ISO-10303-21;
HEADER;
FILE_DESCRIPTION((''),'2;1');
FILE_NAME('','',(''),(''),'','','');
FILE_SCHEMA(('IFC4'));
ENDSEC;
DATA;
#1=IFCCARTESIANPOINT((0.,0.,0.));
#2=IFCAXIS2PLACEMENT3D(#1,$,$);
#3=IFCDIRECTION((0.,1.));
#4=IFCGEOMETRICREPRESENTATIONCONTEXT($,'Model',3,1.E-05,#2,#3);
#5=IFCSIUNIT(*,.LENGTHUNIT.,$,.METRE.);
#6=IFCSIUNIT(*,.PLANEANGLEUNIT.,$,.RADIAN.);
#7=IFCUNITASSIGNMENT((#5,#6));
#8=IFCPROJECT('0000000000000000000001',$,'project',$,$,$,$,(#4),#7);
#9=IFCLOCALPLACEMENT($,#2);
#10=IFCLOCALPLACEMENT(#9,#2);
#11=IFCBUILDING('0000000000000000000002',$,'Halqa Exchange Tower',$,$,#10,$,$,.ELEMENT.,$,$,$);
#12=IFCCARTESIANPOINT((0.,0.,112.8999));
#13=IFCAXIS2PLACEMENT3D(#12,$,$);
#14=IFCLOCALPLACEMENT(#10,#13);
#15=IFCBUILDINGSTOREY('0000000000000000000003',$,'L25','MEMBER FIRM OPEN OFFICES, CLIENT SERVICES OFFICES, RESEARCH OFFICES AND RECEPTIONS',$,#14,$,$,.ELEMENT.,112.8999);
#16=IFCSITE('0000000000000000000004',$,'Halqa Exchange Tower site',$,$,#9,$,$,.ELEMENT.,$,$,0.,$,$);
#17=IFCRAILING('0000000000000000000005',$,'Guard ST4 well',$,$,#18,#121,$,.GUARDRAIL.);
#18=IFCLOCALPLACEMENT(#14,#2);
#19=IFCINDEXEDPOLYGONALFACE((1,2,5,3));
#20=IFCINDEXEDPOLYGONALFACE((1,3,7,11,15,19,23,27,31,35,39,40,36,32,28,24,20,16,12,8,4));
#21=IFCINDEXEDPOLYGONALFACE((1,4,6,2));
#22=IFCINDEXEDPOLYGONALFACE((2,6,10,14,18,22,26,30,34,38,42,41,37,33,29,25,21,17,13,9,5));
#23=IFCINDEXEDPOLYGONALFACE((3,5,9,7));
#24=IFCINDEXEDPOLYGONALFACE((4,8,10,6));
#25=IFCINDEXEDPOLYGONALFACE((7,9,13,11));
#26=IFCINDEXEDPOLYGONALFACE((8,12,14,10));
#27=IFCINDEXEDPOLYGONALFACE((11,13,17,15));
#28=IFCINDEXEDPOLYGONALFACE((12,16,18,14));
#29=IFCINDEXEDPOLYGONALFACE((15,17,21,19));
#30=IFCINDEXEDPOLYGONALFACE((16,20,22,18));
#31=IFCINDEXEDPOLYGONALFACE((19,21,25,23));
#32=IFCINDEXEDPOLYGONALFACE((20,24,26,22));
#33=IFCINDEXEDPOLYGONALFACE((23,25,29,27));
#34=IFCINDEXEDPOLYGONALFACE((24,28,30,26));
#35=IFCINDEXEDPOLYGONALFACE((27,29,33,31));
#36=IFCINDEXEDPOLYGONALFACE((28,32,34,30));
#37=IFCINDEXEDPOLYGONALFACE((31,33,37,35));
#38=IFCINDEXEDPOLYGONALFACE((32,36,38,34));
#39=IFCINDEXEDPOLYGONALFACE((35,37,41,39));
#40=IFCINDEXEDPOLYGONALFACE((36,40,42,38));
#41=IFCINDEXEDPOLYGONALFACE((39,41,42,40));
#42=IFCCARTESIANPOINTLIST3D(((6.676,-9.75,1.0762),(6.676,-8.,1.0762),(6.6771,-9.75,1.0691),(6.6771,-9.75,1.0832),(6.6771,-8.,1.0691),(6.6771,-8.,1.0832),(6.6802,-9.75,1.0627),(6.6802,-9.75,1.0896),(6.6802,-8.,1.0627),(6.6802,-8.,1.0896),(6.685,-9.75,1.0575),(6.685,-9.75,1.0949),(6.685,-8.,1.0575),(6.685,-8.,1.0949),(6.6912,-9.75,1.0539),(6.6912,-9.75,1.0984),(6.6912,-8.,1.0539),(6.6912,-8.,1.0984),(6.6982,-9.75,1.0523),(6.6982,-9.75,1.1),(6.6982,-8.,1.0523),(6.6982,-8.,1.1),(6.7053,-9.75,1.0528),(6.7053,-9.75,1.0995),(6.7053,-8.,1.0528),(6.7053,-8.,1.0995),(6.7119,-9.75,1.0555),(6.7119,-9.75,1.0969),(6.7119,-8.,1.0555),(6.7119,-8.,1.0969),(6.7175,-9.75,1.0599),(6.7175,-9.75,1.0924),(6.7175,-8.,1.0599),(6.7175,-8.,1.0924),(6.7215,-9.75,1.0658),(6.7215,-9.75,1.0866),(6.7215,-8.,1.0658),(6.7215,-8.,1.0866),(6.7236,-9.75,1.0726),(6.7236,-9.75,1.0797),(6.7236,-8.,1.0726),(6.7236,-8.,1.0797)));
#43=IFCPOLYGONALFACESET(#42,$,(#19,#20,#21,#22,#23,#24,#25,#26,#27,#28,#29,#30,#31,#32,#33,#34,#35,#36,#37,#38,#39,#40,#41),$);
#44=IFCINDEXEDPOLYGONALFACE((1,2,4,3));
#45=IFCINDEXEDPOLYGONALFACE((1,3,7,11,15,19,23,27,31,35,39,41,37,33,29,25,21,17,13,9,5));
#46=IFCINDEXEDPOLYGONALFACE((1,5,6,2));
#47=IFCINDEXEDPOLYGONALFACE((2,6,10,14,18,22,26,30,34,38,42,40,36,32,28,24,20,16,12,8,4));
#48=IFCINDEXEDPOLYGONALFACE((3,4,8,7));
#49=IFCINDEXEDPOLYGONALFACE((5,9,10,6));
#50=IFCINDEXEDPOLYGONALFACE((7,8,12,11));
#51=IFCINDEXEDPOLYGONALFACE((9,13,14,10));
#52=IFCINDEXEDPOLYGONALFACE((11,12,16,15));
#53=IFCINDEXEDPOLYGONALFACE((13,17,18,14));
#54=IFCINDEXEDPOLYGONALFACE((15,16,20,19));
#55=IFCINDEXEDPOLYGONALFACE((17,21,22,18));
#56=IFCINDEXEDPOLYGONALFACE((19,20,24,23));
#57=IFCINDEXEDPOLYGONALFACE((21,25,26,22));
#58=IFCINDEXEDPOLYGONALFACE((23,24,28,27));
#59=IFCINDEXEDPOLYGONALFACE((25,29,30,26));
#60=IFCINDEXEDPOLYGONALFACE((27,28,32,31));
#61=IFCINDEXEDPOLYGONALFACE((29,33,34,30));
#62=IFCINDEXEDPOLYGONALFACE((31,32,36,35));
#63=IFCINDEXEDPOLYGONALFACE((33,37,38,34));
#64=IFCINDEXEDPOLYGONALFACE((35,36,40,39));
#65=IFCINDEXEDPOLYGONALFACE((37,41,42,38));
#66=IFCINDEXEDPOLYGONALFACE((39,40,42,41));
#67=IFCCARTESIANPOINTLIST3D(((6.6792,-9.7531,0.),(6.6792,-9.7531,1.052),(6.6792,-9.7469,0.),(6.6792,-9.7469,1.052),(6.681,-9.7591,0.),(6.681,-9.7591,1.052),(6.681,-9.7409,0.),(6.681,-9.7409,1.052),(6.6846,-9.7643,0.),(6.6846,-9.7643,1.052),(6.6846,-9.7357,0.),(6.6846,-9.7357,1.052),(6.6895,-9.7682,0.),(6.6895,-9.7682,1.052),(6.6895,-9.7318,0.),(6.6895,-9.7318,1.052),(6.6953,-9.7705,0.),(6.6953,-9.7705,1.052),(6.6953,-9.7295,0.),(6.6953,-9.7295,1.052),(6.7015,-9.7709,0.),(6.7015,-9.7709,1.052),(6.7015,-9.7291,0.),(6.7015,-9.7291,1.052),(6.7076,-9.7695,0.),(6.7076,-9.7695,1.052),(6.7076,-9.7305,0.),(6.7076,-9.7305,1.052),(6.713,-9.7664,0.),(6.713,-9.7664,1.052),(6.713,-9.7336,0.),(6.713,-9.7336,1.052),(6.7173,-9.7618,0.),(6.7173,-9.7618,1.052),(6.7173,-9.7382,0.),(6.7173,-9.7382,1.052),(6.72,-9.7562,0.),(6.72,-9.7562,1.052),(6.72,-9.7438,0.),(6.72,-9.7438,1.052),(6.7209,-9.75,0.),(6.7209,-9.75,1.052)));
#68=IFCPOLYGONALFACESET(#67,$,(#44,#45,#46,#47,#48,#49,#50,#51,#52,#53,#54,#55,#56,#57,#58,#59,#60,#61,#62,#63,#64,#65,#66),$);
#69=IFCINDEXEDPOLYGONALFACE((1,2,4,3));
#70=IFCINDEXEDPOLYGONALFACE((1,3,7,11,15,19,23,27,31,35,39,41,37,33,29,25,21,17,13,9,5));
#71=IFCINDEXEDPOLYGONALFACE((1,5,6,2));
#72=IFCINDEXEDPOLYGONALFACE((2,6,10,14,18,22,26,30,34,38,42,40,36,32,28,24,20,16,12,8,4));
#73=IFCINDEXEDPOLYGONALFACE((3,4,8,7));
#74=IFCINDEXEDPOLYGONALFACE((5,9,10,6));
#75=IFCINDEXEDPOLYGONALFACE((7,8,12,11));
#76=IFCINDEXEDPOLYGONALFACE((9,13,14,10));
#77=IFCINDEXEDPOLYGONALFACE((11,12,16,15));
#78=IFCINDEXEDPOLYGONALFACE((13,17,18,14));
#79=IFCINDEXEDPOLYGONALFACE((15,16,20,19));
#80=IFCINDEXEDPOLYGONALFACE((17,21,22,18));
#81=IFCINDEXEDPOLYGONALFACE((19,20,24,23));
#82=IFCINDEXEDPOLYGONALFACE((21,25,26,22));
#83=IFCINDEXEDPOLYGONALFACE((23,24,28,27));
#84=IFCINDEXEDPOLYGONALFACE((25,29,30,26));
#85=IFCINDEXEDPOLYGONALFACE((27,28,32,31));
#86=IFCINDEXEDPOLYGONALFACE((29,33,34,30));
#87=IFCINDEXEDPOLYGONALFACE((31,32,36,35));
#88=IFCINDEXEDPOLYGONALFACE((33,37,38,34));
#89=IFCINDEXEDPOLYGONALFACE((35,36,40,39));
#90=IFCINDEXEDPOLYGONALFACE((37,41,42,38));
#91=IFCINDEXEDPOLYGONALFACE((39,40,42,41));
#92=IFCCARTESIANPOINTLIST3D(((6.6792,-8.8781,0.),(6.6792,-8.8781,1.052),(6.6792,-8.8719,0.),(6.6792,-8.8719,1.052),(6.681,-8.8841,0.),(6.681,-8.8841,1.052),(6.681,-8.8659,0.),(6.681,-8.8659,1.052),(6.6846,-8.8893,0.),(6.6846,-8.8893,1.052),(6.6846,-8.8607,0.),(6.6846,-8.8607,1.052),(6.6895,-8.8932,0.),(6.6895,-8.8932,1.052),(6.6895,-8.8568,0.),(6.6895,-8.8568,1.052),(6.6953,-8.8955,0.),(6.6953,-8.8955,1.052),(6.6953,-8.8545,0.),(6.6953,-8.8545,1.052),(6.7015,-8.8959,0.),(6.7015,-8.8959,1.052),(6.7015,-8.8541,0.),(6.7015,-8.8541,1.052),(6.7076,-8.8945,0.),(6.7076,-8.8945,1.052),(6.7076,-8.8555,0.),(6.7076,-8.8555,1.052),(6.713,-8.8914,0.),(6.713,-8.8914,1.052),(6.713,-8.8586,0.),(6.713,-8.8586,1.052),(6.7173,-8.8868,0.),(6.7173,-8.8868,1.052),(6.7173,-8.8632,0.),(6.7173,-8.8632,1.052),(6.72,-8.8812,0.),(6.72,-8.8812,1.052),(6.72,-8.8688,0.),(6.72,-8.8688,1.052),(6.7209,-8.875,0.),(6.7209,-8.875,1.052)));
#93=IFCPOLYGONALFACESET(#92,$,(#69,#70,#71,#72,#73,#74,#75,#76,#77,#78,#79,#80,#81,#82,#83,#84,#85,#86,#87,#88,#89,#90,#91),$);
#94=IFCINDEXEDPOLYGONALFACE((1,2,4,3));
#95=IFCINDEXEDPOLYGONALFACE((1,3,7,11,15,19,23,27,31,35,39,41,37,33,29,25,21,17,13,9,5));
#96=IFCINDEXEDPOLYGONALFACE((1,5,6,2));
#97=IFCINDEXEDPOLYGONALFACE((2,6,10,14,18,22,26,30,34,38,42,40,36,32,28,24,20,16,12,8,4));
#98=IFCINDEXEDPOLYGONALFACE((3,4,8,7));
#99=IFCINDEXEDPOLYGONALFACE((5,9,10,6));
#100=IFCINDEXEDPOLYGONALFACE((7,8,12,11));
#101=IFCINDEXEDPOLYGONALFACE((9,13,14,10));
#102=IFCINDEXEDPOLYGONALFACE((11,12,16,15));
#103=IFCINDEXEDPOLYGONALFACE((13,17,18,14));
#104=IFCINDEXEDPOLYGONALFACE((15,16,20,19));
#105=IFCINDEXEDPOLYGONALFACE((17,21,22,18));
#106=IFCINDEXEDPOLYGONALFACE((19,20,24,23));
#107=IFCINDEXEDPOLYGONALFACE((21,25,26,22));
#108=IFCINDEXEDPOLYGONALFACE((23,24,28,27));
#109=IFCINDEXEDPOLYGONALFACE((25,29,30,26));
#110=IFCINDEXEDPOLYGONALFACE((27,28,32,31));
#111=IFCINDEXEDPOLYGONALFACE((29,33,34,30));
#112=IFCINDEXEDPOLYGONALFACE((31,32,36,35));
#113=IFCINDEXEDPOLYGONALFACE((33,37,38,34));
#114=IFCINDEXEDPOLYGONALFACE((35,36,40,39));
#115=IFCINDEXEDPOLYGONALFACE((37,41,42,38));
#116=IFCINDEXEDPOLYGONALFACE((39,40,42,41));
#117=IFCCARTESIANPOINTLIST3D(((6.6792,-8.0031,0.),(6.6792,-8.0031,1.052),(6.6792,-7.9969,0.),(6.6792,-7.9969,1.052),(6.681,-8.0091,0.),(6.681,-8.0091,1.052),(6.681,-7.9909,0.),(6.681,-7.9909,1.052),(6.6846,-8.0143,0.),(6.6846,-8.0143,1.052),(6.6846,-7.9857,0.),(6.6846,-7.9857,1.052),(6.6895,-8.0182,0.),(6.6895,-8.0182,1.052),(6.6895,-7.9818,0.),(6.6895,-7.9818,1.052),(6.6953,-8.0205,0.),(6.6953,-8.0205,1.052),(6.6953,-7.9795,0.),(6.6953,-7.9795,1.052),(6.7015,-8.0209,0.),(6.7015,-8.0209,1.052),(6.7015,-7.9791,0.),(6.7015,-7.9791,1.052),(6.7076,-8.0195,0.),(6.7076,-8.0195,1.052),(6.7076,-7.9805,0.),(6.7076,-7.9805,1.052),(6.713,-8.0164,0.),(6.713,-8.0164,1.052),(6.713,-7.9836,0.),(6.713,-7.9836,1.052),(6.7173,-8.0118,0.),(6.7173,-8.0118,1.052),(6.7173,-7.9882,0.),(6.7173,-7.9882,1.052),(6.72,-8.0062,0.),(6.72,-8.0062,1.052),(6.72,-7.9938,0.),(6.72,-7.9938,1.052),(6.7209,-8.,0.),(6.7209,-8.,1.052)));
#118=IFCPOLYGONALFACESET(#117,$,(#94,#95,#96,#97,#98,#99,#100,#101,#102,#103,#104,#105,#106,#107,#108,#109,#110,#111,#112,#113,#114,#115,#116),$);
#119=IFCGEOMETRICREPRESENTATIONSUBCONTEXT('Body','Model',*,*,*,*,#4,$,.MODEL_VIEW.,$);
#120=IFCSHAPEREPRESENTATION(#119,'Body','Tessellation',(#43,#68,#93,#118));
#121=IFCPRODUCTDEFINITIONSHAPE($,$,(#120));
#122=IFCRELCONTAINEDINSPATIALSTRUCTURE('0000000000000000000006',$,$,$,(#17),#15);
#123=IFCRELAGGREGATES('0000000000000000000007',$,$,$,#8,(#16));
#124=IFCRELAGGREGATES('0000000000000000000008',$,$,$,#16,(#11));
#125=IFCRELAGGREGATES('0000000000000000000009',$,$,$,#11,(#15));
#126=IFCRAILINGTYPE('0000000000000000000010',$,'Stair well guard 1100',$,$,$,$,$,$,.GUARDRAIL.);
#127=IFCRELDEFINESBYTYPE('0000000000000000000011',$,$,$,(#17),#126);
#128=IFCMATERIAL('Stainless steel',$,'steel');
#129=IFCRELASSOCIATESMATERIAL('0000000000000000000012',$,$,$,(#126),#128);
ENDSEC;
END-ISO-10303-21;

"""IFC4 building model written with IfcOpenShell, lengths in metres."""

from ifc_helpers import new_model, si_unit, direction, frame, origin, origin_2d, place, context, subcontext, project, spatial, circle, extrude, material, type_object, element, save


model = new_model("IFC4")

# Units and contexts
model_context = context("Model", 3, precision=1e-05, world=origin(), true_north=direction((0.0, 1.0)))
body_context = subcontext(model_context, "Body", "Model", "MODEL_VIEW")
ifc_project = project(units=[si_unit("LENGTHUNIT", "METRE"), si_unit("PLANEANGLEUNIT", "RADIAN")], contexts=[model_context])

# Site, building, storey
site_placement = place(None, origin())
site = spatial("IfcSite", under=ifc_project, at=site_placement, Name="Halqa Exchange Tower site", CompositionType="ELEMENT", RefElevation=0.0)
building_placement = place(site_placement, origin())
building = spatial("IfcBuilding", under=site, at=building_placement, Name="Halqa Exchange Tower", CompositionType="ELEMENT")
storey_placement = place(building_placement, frame((0.0, 0.0, 112.8999)))
storey = spatial("IfcBuildingStorey", under=building, at=storey_placement, Name="L25", Description="MEMBER FIRM OPEN OFFICES, CLIENT SERVICES OFFICES, RESEARCH OFFICES AND RECEPTIONS", CompositionType="ELEMENT", Elevation=112.8999)

# Railing
ifc_material_1 = material(Name="Stainless steel", Category="steel")
railing_type_1 = type_object("IfcRailingType", Name="Stair well guard 1100", PredefinedType="GUARDRAIL", material=ifc_material_1)
railing_1_placement = place(storey_placement, frame((6.7, -9.75, 0.0)))
element("IfcRailing", 1, at=railing_1_placement, inside=storey, type_object=railing_type_1, Name="Guard ST4 well", PredefinedType="GUARDRAIL", context=body_context, shape_type="SweptSolid", body=[
    extrude(circle(Radius=0.0239, at=origin_2d()), frame((0.0, 0.0, 1.0762), z_axis=(0.0, 1.0, 0.0), x_axis=(-1.0, 0.0, 0.0)), (0.0, 0.0, 1.0), 1.75),
    extrude(circle(Radius=0.021, at=origin_2d()), origin(), (0.0, 0.0, 1.0), 1.052),
    extrude(circle(Radius=0.021, at=origin_2d()), frame((0.0, 0.875, 0.0)), (0.0, 0.0, 1.0), 1.052),
    extrude(circle(Radius=0.021, at=origin_2d()), frame((0.0, 1.75, 0.0)), (0.0, 0.0, 1.0), 1.052),
])

save(model, "model.ifc")
